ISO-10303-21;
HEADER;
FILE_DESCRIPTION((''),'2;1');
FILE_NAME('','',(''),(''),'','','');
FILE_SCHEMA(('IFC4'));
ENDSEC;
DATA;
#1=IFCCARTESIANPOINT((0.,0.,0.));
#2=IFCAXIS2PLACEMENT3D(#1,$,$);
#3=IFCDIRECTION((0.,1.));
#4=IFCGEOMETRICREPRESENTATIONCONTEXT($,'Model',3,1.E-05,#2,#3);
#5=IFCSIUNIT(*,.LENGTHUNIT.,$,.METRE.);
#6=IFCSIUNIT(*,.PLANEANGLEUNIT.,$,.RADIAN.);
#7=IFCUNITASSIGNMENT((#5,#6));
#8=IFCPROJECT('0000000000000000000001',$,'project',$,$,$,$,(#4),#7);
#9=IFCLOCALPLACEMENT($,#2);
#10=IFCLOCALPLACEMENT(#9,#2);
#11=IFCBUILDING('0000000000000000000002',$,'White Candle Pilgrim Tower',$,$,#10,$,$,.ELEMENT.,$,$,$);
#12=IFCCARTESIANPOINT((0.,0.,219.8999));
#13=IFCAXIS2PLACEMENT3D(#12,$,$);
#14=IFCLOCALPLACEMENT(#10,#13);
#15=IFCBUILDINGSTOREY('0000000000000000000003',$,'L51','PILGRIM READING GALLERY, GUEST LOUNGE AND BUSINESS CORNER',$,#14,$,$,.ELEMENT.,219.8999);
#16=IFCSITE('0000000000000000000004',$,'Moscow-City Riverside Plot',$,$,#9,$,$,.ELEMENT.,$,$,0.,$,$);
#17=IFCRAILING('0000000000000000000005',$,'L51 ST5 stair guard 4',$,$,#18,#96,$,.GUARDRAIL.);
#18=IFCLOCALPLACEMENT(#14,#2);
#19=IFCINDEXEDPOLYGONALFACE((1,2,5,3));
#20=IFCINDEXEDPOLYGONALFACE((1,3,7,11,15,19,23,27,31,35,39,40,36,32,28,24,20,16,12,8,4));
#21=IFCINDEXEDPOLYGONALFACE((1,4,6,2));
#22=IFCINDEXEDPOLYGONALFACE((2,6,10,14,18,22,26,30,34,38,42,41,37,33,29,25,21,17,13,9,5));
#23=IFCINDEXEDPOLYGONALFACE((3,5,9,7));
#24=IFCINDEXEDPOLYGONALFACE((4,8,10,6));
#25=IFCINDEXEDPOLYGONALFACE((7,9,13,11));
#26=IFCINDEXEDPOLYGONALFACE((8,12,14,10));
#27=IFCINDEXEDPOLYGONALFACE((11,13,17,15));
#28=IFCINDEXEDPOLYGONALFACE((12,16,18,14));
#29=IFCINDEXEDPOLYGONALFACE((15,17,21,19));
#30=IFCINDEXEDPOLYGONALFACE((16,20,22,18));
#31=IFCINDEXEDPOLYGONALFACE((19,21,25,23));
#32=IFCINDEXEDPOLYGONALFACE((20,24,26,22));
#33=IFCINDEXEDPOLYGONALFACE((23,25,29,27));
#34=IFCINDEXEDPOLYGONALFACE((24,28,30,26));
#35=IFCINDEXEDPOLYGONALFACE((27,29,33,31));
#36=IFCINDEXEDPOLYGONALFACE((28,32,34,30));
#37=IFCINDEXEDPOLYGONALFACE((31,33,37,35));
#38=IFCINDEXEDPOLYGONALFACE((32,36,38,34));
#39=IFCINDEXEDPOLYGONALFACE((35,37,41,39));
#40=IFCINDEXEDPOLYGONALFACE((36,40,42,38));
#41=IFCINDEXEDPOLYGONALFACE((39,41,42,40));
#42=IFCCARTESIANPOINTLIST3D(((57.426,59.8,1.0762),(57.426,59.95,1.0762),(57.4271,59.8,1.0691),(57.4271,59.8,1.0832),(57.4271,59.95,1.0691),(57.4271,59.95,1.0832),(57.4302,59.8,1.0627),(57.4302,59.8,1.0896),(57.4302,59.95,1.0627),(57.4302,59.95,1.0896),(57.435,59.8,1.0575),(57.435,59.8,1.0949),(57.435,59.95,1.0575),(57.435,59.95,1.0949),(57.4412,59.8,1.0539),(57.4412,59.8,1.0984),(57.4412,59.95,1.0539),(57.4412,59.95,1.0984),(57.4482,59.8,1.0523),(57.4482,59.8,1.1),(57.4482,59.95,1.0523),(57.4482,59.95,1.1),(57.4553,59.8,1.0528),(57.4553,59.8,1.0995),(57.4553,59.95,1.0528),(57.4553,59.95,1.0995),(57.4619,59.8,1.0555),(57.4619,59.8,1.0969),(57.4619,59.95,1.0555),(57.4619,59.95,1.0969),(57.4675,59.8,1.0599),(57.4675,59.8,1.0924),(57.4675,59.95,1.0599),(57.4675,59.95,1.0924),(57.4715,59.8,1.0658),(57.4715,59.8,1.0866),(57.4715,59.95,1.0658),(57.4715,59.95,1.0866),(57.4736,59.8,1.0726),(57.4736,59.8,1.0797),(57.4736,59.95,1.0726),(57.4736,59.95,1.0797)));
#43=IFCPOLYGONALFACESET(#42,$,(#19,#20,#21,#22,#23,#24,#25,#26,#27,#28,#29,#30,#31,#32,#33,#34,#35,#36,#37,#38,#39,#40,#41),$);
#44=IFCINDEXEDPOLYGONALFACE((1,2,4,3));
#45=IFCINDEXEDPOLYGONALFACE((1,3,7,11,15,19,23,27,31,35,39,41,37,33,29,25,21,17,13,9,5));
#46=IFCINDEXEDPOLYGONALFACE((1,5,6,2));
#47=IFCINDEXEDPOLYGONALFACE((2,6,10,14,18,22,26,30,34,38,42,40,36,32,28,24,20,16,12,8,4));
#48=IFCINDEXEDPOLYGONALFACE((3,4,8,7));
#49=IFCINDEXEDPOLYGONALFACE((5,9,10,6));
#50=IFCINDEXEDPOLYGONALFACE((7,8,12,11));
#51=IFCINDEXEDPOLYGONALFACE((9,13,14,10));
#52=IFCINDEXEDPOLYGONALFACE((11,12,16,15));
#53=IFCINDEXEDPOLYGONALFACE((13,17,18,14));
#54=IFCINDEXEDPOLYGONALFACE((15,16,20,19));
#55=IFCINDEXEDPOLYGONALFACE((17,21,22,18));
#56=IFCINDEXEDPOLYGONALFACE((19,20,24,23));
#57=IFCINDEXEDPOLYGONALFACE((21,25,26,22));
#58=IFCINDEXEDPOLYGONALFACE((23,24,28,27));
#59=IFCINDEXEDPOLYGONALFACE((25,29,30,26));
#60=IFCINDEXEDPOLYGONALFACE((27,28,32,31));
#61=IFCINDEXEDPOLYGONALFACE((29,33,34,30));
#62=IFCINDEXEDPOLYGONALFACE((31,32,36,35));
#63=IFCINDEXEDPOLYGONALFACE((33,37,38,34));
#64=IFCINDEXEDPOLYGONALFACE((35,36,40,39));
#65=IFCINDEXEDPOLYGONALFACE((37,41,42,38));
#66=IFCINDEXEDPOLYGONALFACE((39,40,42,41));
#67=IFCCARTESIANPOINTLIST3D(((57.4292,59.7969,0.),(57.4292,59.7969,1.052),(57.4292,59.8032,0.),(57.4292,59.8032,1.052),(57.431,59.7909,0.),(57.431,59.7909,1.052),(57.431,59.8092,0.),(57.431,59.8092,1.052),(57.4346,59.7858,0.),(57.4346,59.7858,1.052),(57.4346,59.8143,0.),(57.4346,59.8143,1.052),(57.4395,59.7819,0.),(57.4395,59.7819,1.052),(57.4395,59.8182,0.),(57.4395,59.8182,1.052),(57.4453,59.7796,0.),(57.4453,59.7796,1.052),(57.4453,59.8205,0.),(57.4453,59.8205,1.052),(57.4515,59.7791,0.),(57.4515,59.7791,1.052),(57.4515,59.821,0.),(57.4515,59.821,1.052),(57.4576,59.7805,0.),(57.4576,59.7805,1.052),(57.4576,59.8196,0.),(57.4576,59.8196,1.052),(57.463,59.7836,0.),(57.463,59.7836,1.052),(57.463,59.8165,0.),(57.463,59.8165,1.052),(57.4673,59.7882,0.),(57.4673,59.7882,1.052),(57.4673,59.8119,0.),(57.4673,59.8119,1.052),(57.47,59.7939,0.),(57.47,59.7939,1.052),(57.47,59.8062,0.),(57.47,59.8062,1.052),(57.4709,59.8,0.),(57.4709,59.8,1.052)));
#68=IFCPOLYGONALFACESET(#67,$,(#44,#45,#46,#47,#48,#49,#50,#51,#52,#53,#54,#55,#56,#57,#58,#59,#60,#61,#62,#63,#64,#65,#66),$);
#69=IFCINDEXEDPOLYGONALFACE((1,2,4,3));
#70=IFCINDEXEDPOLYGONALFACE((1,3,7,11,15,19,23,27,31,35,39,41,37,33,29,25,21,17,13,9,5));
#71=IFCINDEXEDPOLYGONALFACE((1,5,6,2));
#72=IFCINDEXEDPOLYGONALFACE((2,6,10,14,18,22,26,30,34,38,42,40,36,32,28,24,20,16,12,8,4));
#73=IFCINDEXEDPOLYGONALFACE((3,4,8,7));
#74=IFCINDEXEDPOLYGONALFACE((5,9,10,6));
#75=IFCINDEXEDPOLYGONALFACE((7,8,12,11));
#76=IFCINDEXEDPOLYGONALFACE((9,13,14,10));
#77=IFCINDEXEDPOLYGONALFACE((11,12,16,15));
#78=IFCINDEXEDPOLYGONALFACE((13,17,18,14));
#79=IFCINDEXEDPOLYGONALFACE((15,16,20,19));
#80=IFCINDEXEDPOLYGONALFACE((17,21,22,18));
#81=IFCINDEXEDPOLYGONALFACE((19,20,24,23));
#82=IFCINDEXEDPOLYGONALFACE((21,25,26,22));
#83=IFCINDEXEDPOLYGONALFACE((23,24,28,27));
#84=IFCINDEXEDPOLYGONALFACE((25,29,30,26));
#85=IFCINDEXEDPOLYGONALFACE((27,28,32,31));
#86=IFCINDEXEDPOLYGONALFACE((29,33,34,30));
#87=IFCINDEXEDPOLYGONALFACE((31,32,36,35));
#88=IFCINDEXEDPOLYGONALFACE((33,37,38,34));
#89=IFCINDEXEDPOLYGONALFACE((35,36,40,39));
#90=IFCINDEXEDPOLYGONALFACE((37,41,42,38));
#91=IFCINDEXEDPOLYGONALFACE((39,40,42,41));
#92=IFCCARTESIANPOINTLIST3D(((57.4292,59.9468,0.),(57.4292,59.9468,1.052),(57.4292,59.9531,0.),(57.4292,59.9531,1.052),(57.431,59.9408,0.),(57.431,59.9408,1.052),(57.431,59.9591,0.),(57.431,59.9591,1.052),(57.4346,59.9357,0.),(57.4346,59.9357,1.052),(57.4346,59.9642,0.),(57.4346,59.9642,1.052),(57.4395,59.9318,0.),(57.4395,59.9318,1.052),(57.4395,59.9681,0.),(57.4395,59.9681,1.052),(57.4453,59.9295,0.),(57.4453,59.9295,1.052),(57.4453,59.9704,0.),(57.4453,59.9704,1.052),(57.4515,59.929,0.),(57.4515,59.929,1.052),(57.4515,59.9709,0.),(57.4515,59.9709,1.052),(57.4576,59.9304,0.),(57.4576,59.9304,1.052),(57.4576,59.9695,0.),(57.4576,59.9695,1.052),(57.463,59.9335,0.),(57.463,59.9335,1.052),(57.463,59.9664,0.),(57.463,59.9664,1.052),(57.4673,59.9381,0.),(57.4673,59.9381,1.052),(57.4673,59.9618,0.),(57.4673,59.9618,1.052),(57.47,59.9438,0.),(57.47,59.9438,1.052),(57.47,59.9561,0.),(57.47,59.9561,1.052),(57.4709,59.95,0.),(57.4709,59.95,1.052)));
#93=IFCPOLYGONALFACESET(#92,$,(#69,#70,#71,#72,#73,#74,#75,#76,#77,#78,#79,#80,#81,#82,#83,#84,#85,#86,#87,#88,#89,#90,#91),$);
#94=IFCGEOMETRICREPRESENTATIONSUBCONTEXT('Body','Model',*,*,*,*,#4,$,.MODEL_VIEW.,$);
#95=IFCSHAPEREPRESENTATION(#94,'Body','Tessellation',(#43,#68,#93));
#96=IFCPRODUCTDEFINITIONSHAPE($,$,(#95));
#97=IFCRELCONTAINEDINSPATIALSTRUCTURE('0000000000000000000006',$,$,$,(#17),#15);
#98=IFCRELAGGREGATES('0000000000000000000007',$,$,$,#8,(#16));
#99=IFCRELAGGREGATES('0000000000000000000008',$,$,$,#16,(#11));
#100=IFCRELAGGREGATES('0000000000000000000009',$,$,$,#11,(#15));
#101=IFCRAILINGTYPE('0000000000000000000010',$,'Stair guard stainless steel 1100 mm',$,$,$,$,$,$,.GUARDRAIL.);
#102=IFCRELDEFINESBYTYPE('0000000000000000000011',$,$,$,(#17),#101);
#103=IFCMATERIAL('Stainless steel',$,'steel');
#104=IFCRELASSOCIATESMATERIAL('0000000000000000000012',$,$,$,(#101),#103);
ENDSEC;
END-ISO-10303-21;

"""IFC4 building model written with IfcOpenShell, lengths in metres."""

from ifc_helpers import new_model, si_unit, direction, frame, origin, origin_2d, place, context, subcontext, project, spatial, circle, extrude, material, type_object, element, save


model = new_model("IFC4")

# Units and contexts
model_context = context("Model", 3, precision=1e-05, world=origin(), true_north=direction((0.0, 1.0)))
body_context = subcontext(model_context, "Body", "Model", "MODEL_VIEW")
ifc_project = project(units=[si_unit("LENGTHUNIT", "METRE"), si_unit("PLANEANGLEUNIT", "RADIAN")], contexts=[model_context])

# Site, building, storey
site_placement = place(None, origin())
site = spatial("IfcSite", under=ifc_project, at=site_placement, Name="Moscow-City Riverside Plot", CompositionType="ELEMENT", RefElevation=0.0)
building_placement = place(site_placement, origin())
building = spatial("IfcBuilding", under=site, at=building_placement, Name="White Candle Pilgrim Tower", CompositionType="ELEMENT")
storey_placement = place(building_placement, frame((0.0, 0.0, 219.8999)))
storey = spatial("IfcBuildingStorey", under=building, at=storey_placement, Name="L51", Description="PILGRIM READING GALLERY, GUEST LOUNGE AND BUSINESS CORNER", CompositionType="ELEMENT", Elevation=219.8999)

# Railing
ifc_material_1 = material(Name="Stainless steel", Category="steel")
railing_type_1 = type_object("IfcRailingType", Name="Stair guard stainless steel 1100 mm", PredefinedType="GUARDRAIL", material=ifc_material_1)
railing_1_placement = place(storey_placement, frame((57.45, 59.8, 0.0)))
element("IfcRailing", 1, at=railing_1_placement, inside=storey, type_object=railing_type_1, Name="L51 ST5 stair guard 4", PredefinedType="GUARDRAIL", context=body_context, shape_type="SweptSolid", body=[
    extrude(circle(Radius=0.0239, at=origin_2d()), frame((0.0, 0.0, 1.0762), z_axis=(0.0, 1.0, 0.0), x_axis=(-1.0, 0.0, 0.0)), (0.0, 0.0, 1.0), 0.1499),
    extrude(circle(Radius=0.021, at=origin_2d()), origin(), (0.0, 0.0, 1.0), 1.052),
    extrude(circle(Radius=0.021, at=origin_2d()), frame((0.0, 0.1499, 0.0)), (0.0, 0.0, 1.0), 1.052),
])

save(model, "model.ifc")
